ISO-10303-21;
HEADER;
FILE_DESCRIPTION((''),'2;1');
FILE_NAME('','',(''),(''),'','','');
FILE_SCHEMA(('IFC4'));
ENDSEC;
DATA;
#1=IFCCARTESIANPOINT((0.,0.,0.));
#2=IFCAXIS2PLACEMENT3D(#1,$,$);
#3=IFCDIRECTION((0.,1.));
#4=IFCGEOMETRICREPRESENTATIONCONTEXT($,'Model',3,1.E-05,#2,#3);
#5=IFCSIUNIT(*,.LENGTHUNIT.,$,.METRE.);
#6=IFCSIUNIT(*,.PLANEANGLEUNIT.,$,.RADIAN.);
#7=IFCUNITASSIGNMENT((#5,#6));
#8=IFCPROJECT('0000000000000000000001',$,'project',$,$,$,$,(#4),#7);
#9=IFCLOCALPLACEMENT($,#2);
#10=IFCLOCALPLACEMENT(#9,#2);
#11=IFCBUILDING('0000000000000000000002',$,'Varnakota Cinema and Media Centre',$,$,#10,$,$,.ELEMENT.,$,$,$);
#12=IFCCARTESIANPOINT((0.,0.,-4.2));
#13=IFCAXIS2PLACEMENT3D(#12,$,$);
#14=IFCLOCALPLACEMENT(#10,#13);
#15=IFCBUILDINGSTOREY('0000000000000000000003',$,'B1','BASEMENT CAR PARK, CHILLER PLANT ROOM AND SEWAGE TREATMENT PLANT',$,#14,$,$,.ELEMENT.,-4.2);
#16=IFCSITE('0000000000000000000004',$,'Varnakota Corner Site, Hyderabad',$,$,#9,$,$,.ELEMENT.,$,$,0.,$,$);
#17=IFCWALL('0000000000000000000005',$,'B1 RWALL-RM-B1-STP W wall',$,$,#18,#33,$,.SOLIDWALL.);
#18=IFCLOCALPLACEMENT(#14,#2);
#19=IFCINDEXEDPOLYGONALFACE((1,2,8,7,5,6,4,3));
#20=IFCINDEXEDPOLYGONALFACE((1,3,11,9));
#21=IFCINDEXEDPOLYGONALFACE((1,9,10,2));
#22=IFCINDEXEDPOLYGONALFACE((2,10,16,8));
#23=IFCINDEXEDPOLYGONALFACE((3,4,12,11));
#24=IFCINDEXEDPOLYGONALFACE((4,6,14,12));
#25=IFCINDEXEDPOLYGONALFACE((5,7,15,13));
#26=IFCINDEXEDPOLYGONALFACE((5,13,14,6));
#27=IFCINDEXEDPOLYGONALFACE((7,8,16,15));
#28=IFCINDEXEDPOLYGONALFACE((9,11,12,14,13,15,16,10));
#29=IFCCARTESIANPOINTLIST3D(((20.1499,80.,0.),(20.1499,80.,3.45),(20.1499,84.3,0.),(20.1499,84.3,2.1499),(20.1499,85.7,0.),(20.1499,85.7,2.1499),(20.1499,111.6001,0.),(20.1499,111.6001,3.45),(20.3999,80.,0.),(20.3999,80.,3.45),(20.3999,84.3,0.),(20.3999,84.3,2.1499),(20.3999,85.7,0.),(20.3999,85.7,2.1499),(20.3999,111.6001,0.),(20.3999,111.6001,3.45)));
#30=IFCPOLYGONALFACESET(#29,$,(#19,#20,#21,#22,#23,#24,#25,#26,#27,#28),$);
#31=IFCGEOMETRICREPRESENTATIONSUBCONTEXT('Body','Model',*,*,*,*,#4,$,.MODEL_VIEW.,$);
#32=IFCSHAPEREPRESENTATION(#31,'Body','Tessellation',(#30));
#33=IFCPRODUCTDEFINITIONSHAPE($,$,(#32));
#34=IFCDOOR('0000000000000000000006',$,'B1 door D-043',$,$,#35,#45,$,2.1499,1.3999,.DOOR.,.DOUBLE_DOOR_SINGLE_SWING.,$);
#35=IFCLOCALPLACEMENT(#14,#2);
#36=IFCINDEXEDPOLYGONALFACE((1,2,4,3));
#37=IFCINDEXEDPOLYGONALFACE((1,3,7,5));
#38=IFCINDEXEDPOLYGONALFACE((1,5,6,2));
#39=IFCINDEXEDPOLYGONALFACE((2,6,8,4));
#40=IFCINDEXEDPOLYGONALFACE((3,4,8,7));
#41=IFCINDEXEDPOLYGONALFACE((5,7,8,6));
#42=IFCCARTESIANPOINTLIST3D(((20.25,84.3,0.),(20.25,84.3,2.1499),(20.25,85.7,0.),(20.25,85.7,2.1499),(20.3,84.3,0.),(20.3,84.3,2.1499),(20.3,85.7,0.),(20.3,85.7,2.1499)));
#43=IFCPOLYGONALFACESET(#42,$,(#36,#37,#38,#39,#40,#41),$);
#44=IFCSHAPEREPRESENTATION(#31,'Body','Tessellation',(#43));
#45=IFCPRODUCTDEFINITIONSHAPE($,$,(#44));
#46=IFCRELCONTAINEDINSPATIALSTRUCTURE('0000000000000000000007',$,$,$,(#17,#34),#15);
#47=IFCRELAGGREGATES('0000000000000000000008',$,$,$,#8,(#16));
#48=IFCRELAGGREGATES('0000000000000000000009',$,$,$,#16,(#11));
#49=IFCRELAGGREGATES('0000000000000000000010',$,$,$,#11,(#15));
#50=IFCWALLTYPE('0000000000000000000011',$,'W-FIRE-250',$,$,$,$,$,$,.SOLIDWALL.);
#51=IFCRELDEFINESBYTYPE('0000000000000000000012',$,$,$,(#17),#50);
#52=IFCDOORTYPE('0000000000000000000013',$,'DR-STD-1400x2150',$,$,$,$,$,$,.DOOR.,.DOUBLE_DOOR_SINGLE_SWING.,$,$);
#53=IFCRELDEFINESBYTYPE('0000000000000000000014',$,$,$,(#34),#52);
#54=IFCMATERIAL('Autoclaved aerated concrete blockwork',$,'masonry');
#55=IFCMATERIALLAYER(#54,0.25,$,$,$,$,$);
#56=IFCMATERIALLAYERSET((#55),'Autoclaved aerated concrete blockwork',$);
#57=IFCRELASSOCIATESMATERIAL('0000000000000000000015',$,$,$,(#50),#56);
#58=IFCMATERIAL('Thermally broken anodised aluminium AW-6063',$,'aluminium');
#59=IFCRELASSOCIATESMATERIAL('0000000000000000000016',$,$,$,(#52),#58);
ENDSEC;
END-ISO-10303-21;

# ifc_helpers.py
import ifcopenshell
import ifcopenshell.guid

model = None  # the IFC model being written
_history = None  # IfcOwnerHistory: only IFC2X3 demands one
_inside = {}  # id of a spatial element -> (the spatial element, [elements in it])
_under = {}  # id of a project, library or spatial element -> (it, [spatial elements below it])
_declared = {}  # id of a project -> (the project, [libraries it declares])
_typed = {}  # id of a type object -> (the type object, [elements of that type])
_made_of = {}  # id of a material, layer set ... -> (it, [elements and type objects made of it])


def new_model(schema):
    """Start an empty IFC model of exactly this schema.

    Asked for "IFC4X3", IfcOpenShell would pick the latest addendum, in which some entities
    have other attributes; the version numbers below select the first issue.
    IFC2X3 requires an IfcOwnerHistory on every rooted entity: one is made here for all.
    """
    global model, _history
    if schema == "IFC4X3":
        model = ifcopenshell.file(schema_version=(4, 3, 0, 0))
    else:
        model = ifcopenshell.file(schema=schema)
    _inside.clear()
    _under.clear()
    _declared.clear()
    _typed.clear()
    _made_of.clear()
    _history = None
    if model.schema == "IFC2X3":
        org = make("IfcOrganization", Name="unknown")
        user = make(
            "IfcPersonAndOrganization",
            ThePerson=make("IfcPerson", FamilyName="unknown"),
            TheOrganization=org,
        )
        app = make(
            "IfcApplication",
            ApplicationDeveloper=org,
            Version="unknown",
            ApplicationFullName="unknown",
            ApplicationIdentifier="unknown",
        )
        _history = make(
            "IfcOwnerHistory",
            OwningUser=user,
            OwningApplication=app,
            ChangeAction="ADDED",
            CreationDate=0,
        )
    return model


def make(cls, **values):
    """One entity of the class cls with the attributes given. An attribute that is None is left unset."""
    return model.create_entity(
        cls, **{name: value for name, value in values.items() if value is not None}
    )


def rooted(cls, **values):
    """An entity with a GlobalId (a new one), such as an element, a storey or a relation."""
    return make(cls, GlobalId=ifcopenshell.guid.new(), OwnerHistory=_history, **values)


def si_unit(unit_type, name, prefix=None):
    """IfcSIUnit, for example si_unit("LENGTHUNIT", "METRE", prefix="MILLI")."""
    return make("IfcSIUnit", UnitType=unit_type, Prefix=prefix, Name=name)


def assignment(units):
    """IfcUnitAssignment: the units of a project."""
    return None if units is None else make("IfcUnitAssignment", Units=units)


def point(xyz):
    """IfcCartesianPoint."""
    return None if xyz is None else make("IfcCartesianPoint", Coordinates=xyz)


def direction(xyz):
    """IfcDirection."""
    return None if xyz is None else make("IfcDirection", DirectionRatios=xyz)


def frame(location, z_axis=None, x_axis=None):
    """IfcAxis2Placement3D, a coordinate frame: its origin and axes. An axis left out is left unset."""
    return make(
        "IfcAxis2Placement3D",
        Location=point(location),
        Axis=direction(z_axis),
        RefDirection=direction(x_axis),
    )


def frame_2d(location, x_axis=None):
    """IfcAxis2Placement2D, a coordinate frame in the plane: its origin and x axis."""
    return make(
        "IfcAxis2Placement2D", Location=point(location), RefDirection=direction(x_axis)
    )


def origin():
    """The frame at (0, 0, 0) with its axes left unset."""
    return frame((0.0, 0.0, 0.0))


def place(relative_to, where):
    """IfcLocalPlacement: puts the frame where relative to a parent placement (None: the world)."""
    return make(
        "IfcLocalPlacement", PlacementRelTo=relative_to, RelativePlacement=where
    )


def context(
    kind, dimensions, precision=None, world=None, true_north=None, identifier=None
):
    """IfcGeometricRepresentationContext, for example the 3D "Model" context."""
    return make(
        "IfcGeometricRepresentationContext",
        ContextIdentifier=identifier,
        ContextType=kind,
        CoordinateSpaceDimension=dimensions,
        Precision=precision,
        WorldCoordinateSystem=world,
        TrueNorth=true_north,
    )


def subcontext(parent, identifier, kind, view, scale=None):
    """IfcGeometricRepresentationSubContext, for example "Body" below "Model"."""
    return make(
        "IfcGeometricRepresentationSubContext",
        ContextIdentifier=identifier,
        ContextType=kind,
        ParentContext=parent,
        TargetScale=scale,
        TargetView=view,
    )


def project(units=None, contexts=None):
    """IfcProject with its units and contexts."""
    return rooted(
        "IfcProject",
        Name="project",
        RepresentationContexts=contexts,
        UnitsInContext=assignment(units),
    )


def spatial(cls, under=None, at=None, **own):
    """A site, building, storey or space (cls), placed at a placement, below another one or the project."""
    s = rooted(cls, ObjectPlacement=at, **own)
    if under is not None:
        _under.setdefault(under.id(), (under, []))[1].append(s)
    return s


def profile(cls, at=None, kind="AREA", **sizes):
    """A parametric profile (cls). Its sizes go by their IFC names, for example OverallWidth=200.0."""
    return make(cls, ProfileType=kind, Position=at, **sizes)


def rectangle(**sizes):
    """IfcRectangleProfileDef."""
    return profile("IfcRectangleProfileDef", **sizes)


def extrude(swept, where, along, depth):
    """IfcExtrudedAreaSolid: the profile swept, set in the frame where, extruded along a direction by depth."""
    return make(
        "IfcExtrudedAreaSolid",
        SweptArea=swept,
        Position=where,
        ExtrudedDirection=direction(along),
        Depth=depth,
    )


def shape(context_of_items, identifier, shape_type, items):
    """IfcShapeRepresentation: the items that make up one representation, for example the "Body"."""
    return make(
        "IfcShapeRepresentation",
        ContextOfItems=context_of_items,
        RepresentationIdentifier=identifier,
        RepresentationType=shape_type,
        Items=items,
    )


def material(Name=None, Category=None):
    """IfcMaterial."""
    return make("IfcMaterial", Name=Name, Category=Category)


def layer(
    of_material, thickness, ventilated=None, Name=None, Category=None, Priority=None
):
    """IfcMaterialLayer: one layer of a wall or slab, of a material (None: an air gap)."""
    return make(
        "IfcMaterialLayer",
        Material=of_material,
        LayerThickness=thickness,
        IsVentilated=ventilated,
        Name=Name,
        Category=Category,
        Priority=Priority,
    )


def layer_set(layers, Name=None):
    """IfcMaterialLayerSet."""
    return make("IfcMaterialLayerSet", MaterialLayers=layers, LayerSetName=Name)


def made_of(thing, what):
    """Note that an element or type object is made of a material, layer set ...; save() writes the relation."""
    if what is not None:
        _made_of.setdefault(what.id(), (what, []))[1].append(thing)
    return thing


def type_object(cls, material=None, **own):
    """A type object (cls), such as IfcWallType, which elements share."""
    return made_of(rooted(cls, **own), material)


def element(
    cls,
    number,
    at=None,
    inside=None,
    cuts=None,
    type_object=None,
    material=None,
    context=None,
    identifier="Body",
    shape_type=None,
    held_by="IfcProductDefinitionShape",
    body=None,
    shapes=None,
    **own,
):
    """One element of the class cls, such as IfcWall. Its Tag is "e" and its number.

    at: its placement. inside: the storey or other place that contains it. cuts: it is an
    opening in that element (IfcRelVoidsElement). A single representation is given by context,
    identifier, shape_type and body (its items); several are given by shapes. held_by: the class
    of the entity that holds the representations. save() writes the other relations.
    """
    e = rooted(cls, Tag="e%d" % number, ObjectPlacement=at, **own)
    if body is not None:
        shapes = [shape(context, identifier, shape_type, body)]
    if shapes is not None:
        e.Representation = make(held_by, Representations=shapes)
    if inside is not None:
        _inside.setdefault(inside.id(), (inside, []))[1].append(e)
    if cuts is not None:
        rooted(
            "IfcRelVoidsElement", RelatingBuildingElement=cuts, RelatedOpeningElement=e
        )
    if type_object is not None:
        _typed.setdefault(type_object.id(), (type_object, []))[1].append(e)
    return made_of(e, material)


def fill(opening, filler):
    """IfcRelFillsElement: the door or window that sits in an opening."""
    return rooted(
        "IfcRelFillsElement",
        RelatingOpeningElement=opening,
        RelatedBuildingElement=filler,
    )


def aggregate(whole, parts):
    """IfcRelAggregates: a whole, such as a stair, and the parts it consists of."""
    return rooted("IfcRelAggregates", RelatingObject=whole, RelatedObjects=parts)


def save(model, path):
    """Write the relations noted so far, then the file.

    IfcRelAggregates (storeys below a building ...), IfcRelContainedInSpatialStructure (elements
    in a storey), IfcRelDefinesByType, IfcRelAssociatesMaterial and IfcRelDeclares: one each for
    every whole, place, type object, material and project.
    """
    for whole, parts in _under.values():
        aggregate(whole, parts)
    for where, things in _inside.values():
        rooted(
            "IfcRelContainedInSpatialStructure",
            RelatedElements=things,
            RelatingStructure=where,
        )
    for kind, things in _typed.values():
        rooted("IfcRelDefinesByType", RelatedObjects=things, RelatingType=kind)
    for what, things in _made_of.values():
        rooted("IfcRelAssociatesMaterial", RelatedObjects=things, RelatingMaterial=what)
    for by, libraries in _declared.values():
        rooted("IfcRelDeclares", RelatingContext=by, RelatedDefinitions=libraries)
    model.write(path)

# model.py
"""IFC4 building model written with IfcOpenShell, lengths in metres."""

from ifc_helpers import new_model, si_unit, direction, frame, frame_2d, origin, place, context, subcontext, project, spatial, rectangle, extrude, material, layer, layer_set, type_object, element, fill, save


model = new_model("IFC4")

# Units and contexts
model_context = context("Model", 3, precision=1e-05, world=origin(), true_north=direction((0.0, 1.0)))
body_context = subcontext(model_context, "Body", "Model", "MODEL_VIEW")
ifc_project = project(units=[si_unit("LENGTHUNIT", "METRE"), si_unit("PLANEANGLEUNIT", "RADIAN")], contexts=[model_context])

# Site, building, storey
site_placement = place(None, origin())
site = spatial("IfcSite", under=ifc_project, at=site_placement, Name="Varnakota Corner Site, Hyderabad", CompositionType="ELEMENT", RefElevation=0.0)
building_placement = place(site_placement, origin())
building = spatial("IfcBuilding", under=site, at=building_placement, Name="Varnakota Cinema and Media Centre", CompositionType="ELEMENT")
storey_placement = place(building_placement, frame((0.0, 0.0, -4.2)))
storey = spatial("IfcBuildingStorey", under=building, at=storey_placement, Name="B1", Description="BASEMENT CAR PARK, CHILLER PLANT ROOM AND SEWAGE TREATMENT PLANT", CompositionType="ELEMENT", Elevation=-4.2)

# Wall, opening, door
ifc_material_1 = material(Name="Autoclaved aerated concrete blockwork", Category="masonry")
ifc_layer_1 = layer(ifc_material_1, 0.25)
ifc_layer_set_1 = layer_set([ifc_layer_1], Name="Autoclaved aerated concrete blockwork")
wall_type_1 = type_object("IfcWallType", Name="W-FIRE-250", PredefinedType="SOLIDWALL", material=ifc_layer_set_1)
wall_1_placement = place(storey_placement, frame((20.2749, 80.0, 0.0), z_axis=(0.0, 0.0, 1.0), x_axis=(0.0, 1.0, 0.0)))
wall_1 = element("IfcWall", 1, at=wall_1_placement, inside=storey, type_object=wall_type_1, Name="B1 RWALL-RM-B1-STP W wall", PredefinedType="SOLIDWALL", context=body_context, shape_type="SweptSolid", body=[
    extrude(rectangle(XDim=31.6001, YDim=0.25, at=frame_2d((15.8, 0.0))), origin(), (0.0, 0.0, 1.0), 3.45),
])
opening_placement = place(wall_1_placement, frame((4.3, 0.0, 0.0)))
opening = element("IfcOpeningElement", 2, at=opening_placement, cuts=wall_1, PredefinedType="OPENING", context=body_context, shape_type="SweptSolid", body=[
    extrude(rectangle(XDim=1.3999, YDim=2.1499, at=frame_2d((0.7, 1.075))), frame((0.0, 0.125, 0.0), z_axis=(0.0, -1.0, 0.0), x_axis=(1.0, 0.0, 0.0)), (0.0, 0.0, 1.0), 0.25),
])
ifc_material_2 = material(Name="Thermally broken anodised aluminium AW-6063", Category="aluminium")
door_type = type_object("IfcDoorType", Name="DR-STD-1400x2150", OperationType="DOUBLE_DOOR_SINGLE_SWING", PredefinedType="DOOR", material=ifc_material_2)
door_placement = place(opening_placement, origin())
door = element("IfcDoor", 3, at=door_placement, inside=storey, type_object=door_type, Name="B1 door D-043", OperationType="DOUBLE_DOOR_SINGLE_SWING", OverallHeight=2.1499, OverallWidth=1.3999, PredefinedType="DOOR", context=body_context, shape_type="SweptSolid", body=[
    extrude(rectangle(XDim=1.3999, YDim=2.1499, at=frame_2d((0.7, 1.075))), frame((0.0, 0.0249, 0.0), z_axis=(0.0, -1.0, 0.0), x_axis=(1.0, 0.0, 0.0)), (0.0, 0.0, 1.0), 0.05),
])
fill(opening, door)

save(model, "model.ifc")
